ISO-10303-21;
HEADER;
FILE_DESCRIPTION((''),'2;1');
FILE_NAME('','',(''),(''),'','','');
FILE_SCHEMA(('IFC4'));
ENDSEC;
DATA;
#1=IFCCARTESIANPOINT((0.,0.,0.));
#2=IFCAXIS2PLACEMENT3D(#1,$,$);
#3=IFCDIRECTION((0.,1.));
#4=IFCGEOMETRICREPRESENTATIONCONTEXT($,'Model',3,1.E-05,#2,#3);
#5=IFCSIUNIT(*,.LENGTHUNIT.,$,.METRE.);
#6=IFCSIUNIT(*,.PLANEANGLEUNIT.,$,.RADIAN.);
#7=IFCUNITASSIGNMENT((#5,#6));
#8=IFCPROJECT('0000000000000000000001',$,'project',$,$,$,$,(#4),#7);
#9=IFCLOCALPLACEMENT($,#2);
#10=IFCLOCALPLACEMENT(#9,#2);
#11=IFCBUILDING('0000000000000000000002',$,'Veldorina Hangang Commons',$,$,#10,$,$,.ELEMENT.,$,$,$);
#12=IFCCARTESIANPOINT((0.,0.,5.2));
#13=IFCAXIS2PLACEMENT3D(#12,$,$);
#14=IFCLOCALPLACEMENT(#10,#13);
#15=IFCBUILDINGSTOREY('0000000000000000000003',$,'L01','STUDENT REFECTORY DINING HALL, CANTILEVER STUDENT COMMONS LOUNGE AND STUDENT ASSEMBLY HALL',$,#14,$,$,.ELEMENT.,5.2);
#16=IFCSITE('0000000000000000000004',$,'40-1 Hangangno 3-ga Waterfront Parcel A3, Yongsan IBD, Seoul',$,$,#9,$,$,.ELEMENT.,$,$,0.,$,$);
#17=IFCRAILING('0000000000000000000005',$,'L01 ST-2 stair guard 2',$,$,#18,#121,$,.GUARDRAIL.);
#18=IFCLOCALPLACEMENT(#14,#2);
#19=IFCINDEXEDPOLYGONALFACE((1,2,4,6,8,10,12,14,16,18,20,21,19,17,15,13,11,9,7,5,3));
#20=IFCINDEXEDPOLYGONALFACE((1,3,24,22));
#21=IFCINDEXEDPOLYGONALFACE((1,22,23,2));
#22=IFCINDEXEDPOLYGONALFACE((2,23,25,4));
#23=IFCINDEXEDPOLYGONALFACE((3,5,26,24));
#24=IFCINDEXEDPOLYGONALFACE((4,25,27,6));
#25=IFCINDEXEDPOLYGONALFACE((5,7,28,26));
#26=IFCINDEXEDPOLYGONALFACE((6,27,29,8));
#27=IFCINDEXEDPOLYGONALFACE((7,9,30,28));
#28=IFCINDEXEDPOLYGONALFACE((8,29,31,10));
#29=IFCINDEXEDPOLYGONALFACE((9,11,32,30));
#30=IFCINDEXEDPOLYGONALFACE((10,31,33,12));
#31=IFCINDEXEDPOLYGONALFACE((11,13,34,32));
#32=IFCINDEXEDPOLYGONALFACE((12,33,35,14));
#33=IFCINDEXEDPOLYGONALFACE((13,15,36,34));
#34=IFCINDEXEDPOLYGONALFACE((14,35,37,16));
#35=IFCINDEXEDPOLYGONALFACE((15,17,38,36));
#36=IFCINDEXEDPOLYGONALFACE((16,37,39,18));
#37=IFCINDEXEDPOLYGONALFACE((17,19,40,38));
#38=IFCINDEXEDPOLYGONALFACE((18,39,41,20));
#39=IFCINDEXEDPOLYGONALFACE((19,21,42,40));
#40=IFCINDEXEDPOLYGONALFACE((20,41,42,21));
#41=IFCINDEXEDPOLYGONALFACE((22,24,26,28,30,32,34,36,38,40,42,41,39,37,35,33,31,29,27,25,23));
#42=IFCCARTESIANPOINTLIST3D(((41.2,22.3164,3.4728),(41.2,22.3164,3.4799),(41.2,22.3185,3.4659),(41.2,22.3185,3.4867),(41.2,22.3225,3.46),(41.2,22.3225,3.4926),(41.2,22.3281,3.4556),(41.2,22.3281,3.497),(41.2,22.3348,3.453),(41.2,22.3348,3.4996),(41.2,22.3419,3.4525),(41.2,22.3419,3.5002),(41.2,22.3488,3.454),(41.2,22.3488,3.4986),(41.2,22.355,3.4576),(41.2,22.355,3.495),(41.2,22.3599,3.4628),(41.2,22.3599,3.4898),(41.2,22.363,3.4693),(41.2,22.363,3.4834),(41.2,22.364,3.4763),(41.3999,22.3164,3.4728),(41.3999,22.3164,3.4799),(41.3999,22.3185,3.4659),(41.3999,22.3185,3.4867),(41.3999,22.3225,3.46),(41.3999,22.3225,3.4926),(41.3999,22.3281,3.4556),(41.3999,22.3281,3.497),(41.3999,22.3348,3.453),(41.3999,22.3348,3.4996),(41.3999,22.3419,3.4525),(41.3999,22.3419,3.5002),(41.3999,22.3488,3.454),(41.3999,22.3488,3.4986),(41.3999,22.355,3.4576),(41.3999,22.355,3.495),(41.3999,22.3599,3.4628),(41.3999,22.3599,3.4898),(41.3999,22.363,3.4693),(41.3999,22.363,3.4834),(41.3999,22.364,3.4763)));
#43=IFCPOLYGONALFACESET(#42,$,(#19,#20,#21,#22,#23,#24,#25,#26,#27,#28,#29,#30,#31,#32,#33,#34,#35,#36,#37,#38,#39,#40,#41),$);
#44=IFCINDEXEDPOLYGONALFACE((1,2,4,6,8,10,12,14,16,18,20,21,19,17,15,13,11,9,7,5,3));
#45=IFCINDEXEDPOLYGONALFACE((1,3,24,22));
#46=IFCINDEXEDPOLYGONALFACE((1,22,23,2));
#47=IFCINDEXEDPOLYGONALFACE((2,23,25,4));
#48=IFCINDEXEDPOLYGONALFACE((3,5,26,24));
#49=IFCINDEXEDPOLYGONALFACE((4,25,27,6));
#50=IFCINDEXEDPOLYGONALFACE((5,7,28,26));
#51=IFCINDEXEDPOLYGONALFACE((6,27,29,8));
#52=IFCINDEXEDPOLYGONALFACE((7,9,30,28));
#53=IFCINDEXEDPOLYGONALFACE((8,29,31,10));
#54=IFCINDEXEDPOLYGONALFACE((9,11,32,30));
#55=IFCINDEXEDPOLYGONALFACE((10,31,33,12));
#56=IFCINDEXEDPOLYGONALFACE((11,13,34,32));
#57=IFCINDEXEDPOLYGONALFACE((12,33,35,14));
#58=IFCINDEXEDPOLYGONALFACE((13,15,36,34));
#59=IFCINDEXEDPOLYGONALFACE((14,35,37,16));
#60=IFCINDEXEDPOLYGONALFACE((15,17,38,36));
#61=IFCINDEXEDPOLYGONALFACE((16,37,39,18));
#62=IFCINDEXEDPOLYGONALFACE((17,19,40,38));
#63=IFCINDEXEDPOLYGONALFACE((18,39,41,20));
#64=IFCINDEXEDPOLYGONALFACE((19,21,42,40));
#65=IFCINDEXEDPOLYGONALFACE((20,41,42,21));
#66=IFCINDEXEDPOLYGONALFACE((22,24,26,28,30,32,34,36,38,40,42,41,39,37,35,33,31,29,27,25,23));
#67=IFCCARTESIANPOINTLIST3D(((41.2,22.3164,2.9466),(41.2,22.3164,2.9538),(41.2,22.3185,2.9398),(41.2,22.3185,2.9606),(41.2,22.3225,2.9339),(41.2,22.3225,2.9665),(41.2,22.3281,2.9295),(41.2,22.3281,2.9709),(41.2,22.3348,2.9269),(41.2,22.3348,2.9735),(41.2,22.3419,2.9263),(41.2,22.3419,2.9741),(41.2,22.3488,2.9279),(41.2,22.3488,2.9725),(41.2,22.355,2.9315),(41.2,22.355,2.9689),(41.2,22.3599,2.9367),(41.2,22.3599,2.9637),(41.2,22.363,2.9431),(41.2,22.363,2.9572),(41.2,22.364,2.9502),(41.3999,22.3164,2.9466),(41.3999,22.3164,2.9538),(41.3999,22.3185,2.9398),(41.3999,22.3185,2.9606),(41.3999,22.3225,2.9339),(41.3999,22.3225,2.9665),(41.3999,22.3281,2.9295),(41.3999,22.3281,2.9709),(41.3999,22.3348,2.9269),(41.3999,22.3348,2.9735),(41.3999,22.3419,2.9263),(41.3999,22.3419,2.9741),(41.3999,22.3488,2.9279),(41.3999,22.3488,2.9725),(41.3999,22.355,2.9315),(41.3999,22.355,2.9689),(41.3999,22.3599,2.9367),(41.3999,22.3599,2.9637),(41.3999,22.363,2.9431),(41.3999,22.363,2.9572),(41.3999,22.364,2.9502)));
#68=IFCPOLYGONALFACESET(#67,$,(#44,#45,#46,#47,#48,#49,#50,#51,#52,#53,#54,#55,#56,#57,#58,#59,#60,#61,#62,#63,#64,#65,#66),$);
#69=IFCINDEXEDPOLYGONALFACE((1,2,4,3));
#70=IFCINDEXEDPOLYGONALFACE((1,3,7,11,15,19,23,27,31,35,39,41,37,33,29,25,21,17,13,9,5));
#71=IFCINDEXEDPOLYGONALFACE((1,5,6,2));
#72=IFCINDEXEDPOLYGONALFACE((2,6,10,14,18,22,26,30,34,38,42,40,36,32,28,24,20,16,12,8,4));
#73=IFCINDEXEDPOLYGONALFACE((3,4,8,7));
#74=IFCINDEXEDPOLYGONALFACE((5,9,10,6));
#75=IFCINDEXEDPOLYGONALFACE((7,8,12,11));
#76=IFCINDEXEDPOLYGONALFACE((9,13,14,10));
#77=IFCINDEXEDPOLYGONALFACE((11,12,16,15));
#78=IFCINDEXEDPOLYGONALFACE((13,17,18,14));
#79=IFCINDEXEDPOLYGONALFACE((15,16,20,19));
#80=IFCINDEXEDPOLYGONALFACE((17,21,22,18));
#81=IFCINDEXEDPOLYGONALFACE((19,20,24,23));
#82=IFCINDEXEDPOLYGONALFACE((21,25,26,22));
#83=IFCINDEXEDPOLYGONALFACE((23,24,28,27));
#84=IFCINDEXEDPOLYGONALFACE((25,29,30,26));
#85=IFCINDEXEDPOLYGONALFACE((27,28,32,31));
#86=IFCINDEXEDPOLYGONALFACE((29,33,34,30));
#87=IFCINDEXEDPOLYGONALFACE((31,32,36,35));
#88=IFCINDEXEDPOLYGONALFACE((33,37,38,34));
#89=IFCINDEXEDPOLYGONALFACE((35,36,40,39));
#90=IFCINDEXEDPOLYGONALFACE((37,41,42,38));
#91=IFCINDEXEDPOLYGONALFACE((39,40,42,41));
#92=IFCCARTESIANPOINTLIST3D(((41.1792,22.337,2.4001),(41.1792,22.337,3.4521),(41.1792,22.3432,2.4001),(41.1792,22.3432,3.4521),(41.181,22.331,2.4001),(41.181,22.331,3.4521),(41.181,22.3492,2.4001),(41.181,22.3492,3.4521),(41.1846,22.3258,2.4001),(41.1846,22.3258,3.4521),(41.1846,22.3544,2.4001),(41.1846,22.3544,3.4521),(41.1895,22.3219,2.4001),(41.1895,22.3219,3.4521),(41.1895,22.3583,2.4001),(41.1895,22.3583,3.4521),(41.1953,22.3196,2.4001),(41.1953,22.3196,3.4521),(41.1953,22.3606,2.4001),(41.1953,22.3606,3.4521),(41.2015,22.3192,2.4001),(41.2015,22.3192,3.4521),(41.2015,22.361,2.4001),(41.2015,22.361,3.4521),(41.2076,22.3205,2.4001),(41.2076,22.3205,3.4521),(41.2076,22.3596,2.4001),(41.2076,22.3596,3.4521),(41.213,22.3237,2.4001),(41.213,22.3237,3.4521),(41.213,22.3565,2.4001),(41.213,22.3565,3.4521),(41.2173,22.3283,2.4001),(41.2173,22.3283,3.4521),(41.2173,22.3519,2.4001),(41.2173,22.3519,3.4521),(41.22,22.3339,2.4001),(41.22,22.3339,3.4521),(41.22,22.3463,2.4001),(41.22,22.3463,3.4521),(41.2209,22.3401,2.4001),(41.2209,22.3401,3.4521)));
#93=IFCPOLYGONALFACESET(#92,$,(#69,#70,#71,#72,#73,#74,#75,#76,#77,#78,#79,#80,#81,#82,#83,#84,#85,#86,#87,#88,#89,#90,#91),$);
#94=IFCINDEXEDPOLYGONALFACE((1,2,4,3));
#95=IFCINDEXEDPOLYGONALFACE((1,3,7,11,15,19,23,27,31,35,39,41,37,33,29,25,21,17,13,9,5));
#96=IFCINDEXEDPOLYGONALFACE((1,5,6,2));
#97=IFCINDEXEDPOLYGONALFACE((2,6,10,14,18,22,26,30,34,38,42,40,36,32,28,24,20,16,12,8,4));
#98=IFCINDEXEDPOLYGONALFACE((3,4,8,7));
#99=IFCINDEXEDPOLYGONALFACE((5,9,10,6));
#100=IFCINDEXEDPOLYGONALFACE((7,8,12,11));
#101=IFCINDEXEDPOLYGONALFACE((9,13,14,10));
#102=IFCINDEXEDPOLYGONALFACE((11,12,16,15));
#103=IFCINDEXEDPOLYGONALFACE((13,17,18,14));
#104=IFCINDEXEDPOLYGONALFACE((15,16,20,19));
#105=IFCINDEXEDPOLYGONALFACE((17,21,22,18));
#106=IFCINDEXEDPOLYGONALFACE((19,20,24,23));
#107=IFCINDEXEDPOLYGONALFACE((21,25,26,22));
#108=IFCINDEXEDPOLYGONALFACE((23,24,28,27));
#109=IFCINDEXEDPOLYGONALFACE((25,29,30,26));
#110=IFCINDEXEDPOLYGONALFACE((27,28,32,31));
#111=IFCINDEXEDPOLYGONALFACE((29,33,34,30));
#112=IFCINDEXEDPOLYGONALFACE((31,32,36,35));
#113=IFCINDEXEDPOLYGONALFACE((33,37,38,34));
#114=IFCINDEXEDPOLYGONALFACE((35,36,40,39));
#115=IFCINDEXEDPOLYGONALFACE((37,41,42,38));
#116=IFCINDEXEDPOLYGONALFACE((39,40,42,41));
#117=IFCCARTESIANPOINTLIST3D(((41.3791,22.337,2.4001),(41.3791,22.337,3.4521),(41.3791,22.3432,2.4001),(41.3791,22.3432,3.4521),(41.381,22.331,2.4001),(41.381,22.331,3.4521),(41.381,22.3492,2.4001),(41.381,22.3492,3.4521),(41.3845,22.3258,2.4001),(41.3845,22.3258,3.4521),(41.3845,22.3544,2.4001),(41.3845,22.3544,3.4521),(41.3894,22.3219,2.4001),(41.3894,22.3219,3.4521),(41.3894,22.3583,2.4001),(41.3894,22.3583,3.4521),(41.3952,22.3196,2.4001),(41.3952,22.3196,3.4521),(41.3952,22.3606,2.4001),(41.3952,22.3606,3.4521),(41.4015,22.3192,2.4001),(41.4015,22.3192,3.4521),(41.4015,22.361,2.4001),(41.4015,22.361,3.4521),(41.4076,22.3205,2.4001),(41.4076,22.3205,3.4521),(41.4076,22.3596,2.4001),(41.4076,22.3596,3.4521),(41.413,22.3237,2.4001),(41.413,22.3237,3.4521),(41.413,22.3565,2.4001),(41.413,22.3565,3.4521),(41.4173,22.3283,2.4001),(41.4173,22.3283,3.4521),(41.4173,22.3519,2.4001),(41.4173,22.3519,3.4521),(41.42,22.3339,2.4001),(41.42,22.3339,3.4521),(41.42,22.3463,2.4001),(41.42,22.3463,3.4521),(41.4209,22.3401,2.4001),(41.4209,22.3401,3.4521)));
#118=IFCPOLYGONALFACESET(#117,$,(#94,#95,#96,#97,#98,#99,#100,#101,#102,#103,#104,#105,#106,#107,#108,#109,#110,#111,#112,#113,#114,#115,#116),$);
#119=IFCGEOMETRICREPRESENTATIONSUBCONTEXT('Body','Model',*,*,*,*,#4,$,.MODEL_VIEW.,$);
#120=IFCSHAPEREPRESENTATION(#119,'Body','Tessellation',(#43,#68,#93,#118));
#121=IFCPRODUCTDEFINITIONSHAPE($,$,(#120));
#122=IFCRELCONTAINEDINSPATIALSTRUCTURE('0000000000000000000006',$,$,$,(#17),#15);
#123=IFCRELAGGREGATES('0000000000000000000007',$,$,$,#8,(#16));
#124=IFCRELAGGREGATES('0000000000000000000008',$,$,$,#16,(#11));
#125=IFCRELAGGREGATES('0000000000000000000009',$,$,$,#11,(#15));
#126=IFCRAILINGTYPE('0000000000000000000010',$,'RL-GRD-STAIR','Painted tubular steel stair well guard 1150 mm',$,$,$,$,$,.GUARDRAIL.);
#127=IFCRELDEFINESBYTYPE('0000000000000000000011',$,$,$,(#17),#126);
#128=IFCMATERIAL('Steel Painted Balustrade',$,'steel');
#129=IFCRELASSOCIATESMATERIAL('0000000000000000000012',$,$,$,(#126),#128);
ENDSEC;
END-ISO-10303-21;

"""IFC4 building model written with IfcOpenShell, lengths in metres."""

from ifc_helpers import new_model, si_unit, direction, frame, origin, origin_2d, place, context, subcontext, project, spatial, circle, extrude, material, type_object, element, save


model = new_model("IFC4")

# Units and contexts
model_context = context("Model", 3, precision=1e-05, world=origin(), true_north=direction((0.0, 1.0)))
body_context = subcontext(model_context, "Body", "Model", "MODEL_VIEW")
ifc_project = project(units=[si_unit("LENGTHUNIT", "METRE"), si_unit("PLANEANGLEUNIT", "RADIAN")], contexts=[model_context])

# Site, building, storey
site_placement = place(None, origin())
site = spatial("IfcSite", under=ifc_project, at=site_placement, Name="40-1 Hangangno 3-ga Waterfront Parcel A3, Yongsan IBD, Seoul", CompositionType="ELEMENT", RefElevation=0.0)
building_placement = place(site_placement, origin())
building = spatial("IfcBuilding", under=site, at=building_placement, Name="Veldorina Hangang Commons", CompositionType="ELEMENT")
storey_placement = place(building_placement, frame((0.0, 0.0, 5.2)))
storey = spatial("IfcBuildingStorey", under=building, at=storey_placement, Name="L01", Description="STUDENT REFECTORY DINING HALL, CANTILEVER STUDENT COMMONS LOUNGE AND STUDENT ASSEMBLY HALL", CompositionType="ELEMENT", Elevation=5.2)

# Railing
ifc_material_1 = material(Name="Steel Painted Balustrade", Category="steel")
railing_type_1 = type_object("IfcRailingType", Name="RL-GRD-STAIR", Description="Painted tubular steel stair well guard 1150 mm", PredefinedType="GUARDRAIL", material=ifc_material_1)
railing_1_placement = place(storey_placement, frame((41.2, 22.3401, 2.4001)))
element("IfcRailing", 1, at=railing_1_placement, inside=storey, type_object=railing_type_1, Name="L01 ST-2 stair guard 2", PredefinedType="GUARDRAIL", context=body_context, shape_type="SweptSolid", body=[
    extrude(circle(Radius=0.0239, at=origin_2d()), frame((0.0, 0.0, 1.0762), z_axis=(1.0, 0.0, 0.0), x_axis=(0.0, 1.0, 0.0)), (0.0, 0.0, 1.0), 0.2),
    extrude(circle(Radius=0.0239, at=origin_2d()), frame((0.0, 0.0, 0.55), z_axis=(1.0, 0.0, 0.0), x_axis=(0.0, 1.0, 0.0)), (0.0, 0.0, 1.0), 0.2),
    extrude(circle(Radius=0.021, at=origin_2d()), origin(), (0.0, 0.0, 1.0), 1.052),
    extrude(circle(Radius=0.021, at=origin_2d()), frame((0.2, 0.0, 0.0)), (0.0, 0.0, 1.0), 1.052),
])

save(model, "model.ifc")
